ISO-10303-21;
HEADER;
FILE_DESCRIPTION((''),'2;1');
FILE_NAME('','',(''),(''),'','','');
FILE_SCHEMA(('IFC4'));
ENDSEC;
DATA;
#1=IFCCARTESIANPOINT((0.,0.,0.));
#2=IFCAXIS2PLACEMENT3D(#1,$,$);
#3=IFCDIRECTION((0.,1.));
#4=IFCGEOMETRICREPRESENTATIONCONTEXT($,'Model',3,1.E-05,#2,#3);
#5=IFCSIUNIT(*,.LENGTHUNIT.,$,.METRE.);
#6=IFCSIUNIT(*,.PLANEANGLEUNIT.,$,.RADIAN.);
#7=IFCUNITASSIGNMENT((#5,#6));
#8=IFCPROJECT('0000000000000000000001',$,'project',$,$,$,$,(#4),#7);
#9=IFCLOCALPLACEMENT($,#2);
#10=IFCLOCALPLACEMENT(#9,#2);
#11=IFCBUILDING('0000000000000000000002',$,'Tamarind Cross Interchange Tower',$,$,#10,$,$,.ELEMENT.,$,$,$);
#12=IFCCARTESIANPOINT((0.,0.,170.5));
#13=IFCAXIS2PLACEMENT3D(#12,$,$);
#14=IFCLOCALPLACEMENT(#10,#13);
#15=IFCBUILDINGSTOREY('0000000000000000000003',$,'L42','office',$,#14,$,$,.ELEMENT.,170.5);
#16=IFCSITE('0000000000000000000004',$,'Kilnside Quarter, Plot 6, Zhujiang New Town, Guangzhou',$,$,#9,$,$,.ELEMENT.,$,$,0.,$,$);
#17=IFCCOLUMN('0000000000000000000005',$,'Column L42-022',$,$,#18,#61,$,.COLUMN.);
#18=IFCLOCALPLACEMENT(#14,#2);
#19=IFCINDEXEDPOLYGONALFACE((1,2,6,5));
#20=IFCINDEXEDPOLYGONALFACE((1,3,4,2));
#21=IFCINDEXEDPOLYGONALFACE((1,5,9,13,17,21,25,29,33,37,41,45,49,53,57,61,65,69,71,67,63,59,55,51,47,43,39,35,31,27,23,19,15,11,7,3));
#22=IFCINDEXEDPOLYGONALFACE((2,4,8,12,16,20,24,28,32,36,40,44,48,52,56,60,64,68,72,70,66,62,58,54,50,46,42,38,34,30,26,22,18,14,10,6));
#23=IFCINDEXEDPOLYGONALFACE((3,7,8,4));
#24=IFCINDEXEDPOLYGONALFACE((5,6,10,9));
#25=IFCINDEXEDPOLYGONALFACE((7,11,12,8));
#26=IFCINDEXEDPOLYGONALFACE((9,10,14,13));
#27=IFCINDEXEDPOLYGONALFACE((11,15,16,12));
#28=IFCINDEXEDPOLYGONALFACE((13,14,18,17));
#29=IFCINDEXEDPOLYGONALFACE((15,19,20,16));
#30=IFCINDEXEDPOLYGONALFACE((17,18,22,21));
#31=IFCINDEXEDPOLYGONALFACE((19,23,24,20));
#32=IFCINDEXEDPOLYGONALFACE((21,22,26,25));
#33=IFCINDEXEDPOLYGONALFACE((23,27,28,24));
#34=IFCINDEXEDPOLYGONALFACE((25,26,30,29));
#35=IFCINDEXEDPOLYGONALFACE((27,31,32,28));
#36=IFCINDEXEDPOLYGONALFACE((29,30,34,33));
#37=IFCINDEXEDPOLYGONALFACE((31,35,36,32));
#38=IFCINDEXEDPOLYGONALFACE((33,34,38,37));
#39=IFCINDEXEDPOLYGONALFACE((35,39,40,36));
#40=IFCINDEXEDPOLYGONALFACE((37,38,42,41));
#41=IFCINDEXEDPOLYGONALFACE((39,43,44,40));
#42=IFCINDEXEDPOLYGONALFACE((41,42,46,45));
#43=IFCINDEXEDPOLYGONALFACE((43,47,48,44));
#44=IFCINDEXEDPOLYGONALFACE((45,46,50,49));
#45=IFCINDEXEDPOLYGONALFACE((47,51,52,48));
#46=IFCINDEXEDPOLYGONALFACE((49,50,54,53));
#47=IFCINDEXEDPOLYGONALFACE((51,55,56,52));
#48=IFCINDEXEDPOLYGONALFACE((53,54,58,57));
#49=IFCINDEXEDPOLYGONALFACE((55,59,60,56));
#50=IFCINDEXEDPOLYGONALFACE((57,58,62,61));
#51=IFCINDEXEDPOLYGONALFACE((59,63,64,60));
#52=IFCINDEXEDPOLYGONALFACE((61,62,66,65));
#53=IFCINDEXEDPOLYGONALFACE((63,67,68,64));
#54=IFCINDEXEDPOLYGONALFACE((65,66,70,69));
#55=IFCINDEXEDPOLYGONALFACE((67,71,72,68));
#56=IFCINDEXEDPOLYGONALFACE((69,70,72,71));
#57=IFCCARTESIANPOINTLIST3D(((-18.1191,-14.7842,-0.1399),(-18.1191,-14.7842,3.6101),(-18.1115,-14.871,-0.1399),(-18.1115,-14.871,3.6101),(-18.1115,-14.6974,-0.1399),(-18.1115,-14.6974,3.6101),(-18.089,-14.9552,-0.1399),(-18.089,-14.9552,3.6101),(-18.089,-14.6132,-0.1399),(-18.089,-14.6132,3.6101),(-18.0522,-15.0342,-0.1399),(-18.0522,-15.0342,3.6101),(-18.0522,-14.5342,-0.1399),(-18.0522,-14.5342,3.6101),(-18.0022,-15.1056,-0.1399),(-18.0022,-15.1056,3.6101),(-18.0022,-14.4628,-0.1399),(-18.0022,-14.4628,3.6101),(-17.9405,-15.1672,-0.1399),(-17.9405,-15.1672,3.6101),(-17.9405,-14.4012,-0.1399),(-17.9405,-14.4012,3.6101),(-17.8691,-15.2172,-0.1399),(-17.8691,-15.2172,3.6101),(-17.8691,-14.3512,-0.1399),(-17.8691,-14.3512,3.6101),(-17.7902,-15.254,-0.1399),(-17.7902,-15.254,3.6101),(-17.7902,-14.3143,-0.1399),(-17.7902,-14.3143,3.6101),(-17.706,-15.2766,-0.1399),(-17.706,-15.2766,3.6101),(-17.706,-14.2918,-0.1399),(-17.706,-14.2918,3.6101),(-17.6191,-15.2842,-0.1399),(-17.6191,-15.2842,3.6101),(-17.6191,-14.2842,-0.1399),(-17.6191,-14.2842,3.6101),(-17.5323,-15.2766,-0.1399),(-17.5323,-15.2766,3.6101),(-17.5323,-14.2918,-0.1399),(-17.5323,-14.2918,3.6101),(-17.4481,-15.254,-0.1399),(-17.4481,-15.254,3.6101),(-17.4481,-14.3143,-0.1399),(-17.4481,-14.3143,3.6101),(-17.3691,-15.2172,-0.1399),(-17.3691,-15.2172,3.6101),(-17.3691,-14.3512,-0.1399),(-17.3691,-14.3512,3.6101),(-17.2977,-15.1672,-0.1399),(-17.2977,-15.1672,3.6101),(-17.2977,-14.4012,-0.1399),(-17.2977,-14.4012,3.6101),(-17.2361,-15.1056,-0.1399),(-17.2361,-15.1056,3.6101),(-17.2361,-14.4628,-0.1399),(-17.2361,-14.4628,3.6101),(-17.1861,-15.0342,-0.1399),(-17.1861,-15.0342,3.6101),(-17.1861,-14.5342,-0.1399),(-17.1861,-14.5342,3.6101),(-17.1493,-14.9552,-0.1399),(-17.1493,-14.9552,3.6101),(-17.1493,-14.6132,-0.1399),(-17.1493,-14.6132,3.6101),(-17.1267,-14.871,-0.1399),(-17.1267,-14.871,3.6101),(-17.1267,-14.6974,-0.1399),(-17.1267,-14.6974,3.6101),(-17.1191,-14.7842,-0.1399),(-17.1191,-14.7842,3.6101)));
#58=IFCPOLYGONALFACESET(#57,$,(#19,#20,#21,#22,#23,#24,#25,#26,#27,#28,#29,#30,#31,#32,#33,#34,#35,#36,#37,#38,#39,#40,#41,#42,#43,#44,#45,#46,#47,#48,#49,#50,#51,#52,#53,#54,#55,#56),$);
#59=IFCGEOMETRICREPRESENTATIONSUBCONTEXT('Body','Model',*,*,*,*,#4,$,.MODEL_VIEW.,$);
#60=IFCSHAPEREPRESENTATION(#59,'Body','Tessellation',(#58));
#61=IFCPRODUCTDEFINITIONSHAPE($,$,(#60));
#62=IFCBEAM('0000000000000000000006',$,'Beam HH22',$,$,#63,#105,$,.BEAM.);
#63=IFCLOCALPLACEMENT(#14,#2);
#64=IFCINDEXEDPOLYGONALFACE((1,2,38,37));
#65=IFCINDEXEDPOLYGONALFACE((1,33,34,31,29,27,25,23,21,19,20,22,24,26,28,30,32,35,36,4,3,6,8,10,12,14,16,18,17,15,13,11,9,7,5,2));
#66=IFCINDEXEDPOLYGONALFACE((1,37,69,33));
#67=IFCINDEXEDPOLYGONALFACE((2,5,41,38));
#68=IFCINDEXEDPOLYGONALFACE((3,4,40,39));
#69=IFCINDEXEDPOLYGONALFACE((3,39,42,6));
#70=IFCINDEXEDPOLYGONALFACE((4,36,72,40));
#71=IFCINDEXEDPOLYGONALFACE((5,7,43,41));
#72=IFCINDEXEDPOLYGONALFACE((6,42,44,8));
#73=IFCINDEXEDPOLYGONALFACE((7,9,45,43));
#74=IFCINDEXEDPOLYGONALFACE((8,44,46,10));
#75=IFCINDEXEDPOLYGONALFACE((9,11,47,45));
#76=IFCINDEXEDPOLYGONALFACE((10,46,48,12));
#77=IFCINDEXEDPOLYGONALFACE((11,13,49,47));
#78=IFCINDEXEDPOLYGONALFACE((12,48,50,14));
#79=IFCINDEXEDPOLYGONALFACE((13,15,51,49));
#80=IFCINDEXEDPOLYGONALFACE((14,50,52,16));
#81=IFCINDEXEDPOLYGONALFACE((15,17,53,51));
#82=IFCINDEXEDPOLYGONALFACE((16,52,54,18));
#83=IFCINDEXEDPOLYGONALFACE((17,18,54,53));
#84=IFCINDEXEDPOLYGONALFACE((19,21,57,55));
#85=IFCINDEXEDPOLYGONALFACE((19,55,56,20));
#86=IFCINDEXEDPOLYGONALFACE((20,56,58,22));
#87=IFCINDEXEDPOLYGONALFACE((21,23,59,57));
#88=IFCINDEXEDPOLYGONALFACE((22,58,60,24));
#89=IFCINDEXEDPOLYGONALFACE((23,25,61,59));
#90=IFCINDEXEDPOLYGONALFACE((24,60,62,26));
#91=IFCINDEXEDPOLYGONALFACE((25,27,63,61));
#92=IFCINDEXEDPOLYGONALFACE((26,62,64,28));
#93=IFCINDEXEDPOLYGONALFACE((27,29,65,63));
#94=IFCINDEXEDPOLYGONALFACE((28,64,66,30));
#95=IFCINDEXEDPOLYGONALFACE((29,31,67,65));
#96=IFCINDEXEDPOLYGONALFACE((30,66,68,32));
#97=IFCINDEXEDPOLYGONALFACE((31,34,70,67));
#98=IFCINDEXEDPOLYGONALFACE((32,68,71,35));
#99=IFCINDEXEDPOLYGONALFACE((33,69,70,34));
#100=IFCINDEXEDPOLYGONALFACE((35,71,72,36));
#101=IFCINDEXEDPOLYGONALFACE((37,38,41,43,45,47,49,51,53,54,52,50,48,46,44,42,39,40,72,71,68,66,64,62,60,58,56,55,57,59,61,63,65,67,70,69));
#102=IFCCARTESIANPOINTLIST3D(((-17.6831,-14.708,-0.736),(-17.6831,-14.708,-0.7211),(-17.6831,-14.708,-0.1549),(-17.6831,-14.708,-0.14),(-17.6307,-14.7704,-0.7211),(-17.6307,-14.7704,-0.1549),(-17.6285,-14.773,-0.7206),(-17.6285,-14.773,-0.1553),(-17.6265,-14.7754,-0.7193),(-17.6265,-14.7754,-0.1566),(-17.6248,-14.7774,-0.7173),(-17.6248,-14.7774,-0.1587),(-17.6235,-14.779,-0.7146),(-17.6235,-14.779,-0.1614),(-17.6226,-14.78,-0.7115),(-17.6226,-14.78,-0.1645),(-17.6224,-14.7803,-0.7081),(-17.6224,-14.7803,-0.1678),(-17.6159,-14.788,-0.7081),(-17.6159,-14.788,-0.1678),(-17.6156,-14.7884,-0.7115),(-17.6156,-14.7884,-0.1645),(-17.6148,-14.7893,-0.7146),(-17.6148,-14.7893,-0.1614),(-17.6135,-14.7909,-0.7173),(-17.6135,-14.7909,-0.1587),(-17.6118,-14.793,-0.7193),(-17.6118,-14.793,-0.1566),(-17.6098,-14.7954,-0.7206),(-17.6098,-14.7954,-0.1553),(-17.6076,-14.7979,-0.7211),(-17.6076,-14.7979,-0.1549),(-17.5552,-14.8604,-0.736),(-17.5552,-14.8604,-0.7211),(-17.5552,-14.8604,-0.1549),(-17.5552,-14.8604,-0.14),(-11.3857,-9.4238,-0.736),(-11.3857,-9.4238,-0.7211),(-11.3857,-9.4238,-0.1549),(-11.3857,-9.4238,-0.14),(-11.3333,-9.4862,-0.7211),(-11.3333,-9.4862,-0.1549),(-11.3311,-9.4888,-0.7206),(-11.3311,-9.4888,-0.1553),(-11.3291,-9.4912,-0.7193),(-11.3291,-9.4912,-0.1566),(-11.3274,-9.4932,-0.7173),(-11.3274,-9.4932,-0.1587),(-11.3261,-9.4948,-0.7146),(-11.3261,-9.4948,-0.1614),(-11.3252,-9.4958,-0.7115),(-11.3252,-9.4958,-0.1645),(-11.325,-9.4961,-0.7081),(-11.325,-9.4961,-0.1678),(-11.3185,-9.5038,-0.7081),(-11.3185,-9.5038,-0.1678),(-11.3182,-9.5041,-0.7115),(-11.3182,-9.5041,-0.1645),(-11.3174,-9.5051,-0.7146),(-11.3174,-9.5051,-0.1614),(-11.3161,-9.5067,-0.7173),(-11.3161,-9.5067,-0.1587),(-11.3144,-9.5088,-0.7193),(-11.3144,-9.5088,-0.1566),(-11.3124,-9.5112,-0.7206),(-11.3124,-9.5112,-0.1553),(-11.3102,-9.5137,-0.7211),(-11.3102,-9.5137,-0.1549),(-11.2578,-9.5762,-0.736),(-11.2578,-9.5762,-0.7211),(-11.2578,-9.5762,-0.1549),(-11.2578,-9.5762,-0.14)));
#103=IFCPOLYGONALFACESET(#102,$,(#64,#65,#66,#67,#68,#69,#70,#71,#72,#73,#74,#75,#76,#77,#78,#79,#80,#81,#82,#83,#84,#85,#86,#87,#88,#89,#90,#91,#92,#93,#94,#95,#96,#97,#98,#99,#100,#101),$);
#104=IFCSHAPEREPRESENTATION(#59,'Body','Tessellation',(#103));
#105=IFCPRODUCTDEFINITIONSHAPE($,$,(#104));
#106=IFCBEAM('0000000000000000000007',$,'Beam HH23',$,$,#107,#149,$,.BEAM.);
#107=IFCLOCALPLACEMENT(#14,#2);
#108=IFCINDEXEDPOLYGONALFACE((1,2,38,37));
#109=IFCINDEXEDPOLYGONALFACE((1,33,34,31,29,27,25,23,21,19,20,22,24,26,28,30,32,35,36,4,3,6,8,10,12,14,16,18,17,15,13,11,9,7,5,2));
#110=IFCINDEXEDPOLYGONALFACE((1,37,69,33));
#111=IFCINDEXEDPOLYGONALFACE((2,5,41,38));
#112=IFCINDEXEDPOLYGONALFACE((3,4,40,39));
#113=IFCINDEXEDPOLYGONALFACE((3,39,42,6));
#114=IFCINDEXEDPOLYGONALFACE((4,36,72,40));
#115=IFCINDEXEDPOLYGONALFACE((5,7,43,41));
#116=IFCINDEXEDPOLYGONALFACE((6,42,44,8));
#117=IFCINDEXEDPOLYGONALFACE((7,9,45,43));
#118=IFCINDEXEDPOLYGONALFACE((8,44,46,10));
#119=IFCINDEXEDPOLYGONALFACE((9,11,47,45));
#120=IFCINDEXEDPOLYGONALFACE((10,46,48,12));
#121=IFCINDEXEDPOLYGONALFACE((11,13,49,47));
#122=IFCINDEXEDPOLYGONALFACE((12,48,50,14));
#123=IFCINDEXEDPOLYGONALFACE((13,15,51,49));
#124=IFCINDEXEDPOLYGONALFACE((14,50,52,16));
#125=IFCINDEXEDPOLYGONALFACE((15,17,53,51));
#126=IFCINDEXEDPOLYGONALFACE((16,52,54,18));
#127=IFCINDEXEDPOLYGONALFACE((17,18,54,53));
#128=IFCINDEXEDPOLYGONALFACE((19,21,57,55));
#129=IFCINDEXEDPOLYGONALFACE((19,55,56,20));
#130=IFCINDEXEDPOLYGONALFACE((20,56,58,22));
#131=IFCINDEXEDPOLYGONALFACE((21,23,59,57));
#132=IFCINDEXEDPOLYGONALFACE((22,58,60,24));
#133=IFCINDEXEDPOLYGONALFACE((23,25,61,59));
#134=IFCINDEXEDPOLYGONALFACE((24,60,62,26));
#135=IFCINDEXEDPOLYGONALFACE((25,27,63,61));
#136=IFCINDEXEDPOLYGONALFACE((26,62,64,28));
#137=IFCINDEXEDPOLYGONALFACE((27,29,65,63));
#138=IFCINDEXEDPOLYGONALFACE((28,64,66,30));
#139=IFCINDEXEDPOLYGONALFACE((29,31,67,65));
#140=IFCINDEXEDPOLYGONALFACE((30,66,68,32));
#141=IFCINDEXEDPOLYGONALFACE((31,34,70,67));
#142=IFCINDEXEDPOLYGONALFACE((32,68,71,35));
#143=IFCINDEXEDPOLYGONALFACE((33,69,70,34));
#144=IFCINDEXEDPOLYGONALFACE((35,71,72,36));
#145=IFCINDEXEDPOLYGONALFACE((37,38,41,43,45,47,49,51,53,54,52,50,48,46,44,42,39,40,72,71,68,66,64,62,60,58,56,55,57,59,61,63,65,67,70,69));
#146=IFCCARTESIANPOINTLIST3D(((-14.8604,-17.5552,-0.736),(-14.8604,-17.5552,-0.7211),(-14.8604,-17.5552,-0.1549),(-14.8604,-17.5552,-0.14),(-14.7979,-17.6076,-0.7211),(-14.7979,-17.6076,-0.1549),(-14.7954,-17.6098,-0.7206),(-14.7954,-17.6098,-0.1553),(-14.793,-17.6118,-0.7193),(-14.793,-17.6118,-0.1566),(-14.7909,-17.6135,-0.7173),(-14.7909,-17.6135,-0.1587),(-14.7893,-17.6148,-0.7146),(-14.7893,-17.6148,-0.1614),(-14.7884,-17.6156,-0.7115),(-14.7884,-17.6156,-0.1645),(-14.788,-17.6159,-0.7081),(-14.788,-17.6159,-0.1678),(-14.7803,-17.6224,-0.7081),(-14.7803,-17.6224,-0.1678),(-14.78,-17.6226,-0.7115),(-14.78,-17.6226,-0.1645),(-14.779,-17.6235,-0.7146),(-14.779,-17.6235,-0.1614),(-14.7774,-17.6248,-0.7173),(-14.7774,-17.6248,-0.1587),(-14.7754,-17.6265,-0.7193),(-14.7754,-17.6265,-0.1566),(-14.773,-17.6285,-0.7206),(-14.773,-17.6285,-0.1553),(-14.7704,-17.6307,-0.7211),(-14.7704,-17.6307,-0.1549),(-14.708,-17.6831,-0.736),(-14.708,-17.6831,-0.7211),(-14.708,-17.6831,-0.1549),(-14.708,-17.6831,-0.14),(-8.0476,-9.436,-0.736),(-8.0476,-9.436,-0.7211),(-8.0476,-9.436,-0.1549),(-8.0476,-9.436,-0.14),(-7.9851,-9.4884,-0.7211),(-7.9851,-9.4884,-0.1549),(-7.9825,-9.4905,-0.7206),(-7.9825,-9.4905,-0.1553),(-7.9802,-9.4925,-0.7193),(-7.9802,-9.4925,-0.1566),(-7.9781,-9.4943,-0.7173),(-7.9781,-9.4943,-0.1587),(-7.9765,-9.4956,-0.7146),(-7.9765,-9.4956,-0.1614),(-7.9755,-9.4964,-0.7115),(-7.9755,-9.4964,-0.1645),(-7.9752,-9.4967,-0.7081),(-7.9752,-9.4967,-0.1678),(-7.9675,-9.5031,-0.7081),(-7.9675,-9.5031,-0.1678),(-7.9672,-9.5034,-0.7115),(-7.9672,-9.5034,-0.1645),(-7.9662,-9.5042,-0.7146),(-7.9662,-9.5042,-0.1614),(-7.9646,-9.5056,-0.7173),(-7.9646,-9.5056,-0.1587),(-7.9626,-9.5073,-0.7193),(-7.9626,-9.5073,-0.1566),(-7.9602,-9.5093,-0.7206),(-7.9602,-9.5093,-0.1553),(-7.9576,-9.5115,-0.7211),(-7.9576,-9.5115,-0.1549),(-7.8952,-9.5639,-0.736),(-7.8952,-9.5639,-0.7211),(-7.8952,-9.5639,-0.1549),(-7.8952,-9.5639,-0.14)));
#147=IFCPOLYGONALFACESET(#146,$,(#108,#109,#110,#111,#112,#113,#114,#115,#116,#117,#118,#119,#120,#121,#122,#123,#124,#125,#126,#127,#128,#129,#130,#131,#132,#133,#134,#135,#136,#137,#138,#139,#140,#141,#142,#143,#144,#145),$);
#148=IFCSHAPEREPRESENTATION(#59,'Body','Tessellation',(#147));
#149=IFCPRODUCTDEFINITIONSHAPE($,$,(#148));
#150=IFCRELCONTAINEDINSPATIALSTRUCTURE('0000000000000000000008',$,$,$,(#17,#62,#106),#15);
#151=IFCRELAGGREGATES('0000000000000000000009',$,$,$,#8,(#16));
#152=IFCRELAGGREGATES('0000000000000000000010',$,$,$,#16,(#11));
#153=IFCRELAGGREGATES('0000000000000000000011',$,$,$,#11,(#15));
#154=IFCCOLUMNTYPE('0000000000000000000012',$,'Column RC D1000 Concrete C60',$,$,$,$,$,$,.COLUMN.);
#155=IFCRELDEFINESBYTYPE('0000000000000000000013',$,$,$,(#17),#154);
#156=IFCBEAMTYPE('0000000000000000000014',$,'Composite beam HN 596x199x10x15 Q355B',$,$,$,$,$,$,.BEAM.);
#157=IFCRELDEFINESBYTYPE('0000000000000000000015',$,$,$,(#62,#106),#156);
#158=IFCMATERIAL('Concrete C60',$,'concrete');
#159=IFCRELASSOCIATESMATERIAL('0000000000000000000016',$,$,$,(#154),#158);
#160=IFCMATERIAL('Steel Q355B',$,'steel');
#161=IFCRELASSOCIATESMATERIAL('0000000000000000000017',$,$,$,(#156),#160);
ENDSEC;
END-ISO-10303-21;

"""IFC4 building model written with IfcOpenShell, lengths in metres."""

from ifc_helpers import new_model, si_unit, direction, frame, origin, origin_2d, place, context, subcontext, project, spatial, circle, i_section, extrude, material, material_profile, profile_set, type_object, element, save


model = new_model("IFC4")

# Units and contexts
model_context = context("Model", 3, precision=1e-05, world=origin(), true_north=direction((0.0, 1.0)))
body_context = subcontext(model_context, "Body", "Model", "MODEL_VIEW")
ifc_project = project(units=[si_unit("LENGTHUNIT", "METRE"), si_unit("PLANEANGLEUNIT", "RADIAN")], contexts=[model_context])

# Site, building, storey
site_placement = place(None, origin())
site = spatial("IfcSite", under=ifc_project, at=site_placement, Name="Kilnside Quarter, Plot 6, Zhujiang New Town, Guangzhou", CompositionType="ELEMENT", RefElevation=0.0)
building_placement = place(site_placement, origin())
building = spatial("IfcBuilding", under=site, at=building_placement, Name="Tamarind Cross Interchange Tower", CompositionType="ELEMENT")
storey_placement = place(building_placement, frame((0.0, 0.0, 170.5)))
storey = spatial("IfcBuildingStorey", under=building, at=storey_placement, Name="L42", Description="office", CompositionType="ELEMENT", Elevation=170.5)

# Column
ifc_material_1 = material(Name="Concrete C60", Category="concrete")
ifc_material_profile_1 = material_profile(ifc_material_1, circle(Radius=0.5, at=origin_2d()), Name="RC D1000")
ifc_profile_set_1 = profile_set([ifc_material_profile_1], Name="Concrete C60")
column_type = type_object("IfcColumnType", Name="Column RC D1000 Concrete C60", PredefinedType="COLUMN", material=ifc_profile_set_1)
column_placement = place(storey_placement, frame((-17.6191, -14.7842, -0.1399), z_axis=(0.0, 0.0, 1.0), x_axis=(1.0, 0.0, 0.0)))
element("IfcColumn", 1, at=column_placement, inside=storey, type_object=column_type, Name="Column L42-022", PredefinedType="COLUMN", context=body_context, shape_type="SweptSolid", body=[
    extrude(circle(Radius=0.5, at=origin_2d()), origin(), (0.0, 0.0, 1.0), 3.75),
])

# Beams
ifc_material_2 = material(Name="Steel Q355B", Category="steel")
ifc_material_profile_2 = material_profile(ifc_material_2, i_section(OverallWidth=0.199, OverallDepth=0.5959, WebThickness=0.01, FlangeThickness=0.0149, FilletRadius=0.0129, at=origin_2d()), Name="HN 596x199x10x15")
ifc_profile_set_2 = profile_set([ifc_material_profile_2], Name="Steel Q355B")
beam_type = type_object("IfcBeamType", Name="Composite beam HN 596x199x10x15 Q355B", PredefinedType="BEAM", material=ifc_profile_set_2)
beam_1_placement = place(storey_placement, frame((-17.6191, -14.7842, -0.438), z_axis=(0.766041, 0.642792, 0.0), x_axis=(-0.642792, 0.766041, 0.0)))
element("IfcBeam", 2, at=beam_1_placement, inside=storey, type_object=beam_type, Name="Beam HH22", PredefinedType="BEAM", context=body_context, shape_type="SweptSolid", body=[
    extrude(i_section(OverallWidth=0.199, OverallDepth=0.5959, WebThickness=0.01, FlangeThickness=0.0149, FilletRadius=0.0129, at=origin_2d()), origin(), (0.0, 0.0, 1.0), 8.2207),
])
beam_2_placement = place(storey_placement, frame((-14.7842, -17.6191, -0.438), z_axis=(0.642786, 0.766046, 0.0), x_axis=(-0.766046, 0.642786, 0.0)))
element("IfcBeam", 3, at=beam_2_placement, inside=storey, type_object=beam_type, Name="Beam HH23", PredefinedType="BEAM", context=body_context, shape_type="SweptSolid", body=[
    extrude(i_section(OverallWidth=0.199, OverallDepth=0.5959, WebThickness=0.01, FlangeThickness=0.0149, FilletRadius=0.0129, at=origin_2d()), origin(), (0.0, 0.0, 1.0), 10.5989),
])

save(model, "model.ifc")
